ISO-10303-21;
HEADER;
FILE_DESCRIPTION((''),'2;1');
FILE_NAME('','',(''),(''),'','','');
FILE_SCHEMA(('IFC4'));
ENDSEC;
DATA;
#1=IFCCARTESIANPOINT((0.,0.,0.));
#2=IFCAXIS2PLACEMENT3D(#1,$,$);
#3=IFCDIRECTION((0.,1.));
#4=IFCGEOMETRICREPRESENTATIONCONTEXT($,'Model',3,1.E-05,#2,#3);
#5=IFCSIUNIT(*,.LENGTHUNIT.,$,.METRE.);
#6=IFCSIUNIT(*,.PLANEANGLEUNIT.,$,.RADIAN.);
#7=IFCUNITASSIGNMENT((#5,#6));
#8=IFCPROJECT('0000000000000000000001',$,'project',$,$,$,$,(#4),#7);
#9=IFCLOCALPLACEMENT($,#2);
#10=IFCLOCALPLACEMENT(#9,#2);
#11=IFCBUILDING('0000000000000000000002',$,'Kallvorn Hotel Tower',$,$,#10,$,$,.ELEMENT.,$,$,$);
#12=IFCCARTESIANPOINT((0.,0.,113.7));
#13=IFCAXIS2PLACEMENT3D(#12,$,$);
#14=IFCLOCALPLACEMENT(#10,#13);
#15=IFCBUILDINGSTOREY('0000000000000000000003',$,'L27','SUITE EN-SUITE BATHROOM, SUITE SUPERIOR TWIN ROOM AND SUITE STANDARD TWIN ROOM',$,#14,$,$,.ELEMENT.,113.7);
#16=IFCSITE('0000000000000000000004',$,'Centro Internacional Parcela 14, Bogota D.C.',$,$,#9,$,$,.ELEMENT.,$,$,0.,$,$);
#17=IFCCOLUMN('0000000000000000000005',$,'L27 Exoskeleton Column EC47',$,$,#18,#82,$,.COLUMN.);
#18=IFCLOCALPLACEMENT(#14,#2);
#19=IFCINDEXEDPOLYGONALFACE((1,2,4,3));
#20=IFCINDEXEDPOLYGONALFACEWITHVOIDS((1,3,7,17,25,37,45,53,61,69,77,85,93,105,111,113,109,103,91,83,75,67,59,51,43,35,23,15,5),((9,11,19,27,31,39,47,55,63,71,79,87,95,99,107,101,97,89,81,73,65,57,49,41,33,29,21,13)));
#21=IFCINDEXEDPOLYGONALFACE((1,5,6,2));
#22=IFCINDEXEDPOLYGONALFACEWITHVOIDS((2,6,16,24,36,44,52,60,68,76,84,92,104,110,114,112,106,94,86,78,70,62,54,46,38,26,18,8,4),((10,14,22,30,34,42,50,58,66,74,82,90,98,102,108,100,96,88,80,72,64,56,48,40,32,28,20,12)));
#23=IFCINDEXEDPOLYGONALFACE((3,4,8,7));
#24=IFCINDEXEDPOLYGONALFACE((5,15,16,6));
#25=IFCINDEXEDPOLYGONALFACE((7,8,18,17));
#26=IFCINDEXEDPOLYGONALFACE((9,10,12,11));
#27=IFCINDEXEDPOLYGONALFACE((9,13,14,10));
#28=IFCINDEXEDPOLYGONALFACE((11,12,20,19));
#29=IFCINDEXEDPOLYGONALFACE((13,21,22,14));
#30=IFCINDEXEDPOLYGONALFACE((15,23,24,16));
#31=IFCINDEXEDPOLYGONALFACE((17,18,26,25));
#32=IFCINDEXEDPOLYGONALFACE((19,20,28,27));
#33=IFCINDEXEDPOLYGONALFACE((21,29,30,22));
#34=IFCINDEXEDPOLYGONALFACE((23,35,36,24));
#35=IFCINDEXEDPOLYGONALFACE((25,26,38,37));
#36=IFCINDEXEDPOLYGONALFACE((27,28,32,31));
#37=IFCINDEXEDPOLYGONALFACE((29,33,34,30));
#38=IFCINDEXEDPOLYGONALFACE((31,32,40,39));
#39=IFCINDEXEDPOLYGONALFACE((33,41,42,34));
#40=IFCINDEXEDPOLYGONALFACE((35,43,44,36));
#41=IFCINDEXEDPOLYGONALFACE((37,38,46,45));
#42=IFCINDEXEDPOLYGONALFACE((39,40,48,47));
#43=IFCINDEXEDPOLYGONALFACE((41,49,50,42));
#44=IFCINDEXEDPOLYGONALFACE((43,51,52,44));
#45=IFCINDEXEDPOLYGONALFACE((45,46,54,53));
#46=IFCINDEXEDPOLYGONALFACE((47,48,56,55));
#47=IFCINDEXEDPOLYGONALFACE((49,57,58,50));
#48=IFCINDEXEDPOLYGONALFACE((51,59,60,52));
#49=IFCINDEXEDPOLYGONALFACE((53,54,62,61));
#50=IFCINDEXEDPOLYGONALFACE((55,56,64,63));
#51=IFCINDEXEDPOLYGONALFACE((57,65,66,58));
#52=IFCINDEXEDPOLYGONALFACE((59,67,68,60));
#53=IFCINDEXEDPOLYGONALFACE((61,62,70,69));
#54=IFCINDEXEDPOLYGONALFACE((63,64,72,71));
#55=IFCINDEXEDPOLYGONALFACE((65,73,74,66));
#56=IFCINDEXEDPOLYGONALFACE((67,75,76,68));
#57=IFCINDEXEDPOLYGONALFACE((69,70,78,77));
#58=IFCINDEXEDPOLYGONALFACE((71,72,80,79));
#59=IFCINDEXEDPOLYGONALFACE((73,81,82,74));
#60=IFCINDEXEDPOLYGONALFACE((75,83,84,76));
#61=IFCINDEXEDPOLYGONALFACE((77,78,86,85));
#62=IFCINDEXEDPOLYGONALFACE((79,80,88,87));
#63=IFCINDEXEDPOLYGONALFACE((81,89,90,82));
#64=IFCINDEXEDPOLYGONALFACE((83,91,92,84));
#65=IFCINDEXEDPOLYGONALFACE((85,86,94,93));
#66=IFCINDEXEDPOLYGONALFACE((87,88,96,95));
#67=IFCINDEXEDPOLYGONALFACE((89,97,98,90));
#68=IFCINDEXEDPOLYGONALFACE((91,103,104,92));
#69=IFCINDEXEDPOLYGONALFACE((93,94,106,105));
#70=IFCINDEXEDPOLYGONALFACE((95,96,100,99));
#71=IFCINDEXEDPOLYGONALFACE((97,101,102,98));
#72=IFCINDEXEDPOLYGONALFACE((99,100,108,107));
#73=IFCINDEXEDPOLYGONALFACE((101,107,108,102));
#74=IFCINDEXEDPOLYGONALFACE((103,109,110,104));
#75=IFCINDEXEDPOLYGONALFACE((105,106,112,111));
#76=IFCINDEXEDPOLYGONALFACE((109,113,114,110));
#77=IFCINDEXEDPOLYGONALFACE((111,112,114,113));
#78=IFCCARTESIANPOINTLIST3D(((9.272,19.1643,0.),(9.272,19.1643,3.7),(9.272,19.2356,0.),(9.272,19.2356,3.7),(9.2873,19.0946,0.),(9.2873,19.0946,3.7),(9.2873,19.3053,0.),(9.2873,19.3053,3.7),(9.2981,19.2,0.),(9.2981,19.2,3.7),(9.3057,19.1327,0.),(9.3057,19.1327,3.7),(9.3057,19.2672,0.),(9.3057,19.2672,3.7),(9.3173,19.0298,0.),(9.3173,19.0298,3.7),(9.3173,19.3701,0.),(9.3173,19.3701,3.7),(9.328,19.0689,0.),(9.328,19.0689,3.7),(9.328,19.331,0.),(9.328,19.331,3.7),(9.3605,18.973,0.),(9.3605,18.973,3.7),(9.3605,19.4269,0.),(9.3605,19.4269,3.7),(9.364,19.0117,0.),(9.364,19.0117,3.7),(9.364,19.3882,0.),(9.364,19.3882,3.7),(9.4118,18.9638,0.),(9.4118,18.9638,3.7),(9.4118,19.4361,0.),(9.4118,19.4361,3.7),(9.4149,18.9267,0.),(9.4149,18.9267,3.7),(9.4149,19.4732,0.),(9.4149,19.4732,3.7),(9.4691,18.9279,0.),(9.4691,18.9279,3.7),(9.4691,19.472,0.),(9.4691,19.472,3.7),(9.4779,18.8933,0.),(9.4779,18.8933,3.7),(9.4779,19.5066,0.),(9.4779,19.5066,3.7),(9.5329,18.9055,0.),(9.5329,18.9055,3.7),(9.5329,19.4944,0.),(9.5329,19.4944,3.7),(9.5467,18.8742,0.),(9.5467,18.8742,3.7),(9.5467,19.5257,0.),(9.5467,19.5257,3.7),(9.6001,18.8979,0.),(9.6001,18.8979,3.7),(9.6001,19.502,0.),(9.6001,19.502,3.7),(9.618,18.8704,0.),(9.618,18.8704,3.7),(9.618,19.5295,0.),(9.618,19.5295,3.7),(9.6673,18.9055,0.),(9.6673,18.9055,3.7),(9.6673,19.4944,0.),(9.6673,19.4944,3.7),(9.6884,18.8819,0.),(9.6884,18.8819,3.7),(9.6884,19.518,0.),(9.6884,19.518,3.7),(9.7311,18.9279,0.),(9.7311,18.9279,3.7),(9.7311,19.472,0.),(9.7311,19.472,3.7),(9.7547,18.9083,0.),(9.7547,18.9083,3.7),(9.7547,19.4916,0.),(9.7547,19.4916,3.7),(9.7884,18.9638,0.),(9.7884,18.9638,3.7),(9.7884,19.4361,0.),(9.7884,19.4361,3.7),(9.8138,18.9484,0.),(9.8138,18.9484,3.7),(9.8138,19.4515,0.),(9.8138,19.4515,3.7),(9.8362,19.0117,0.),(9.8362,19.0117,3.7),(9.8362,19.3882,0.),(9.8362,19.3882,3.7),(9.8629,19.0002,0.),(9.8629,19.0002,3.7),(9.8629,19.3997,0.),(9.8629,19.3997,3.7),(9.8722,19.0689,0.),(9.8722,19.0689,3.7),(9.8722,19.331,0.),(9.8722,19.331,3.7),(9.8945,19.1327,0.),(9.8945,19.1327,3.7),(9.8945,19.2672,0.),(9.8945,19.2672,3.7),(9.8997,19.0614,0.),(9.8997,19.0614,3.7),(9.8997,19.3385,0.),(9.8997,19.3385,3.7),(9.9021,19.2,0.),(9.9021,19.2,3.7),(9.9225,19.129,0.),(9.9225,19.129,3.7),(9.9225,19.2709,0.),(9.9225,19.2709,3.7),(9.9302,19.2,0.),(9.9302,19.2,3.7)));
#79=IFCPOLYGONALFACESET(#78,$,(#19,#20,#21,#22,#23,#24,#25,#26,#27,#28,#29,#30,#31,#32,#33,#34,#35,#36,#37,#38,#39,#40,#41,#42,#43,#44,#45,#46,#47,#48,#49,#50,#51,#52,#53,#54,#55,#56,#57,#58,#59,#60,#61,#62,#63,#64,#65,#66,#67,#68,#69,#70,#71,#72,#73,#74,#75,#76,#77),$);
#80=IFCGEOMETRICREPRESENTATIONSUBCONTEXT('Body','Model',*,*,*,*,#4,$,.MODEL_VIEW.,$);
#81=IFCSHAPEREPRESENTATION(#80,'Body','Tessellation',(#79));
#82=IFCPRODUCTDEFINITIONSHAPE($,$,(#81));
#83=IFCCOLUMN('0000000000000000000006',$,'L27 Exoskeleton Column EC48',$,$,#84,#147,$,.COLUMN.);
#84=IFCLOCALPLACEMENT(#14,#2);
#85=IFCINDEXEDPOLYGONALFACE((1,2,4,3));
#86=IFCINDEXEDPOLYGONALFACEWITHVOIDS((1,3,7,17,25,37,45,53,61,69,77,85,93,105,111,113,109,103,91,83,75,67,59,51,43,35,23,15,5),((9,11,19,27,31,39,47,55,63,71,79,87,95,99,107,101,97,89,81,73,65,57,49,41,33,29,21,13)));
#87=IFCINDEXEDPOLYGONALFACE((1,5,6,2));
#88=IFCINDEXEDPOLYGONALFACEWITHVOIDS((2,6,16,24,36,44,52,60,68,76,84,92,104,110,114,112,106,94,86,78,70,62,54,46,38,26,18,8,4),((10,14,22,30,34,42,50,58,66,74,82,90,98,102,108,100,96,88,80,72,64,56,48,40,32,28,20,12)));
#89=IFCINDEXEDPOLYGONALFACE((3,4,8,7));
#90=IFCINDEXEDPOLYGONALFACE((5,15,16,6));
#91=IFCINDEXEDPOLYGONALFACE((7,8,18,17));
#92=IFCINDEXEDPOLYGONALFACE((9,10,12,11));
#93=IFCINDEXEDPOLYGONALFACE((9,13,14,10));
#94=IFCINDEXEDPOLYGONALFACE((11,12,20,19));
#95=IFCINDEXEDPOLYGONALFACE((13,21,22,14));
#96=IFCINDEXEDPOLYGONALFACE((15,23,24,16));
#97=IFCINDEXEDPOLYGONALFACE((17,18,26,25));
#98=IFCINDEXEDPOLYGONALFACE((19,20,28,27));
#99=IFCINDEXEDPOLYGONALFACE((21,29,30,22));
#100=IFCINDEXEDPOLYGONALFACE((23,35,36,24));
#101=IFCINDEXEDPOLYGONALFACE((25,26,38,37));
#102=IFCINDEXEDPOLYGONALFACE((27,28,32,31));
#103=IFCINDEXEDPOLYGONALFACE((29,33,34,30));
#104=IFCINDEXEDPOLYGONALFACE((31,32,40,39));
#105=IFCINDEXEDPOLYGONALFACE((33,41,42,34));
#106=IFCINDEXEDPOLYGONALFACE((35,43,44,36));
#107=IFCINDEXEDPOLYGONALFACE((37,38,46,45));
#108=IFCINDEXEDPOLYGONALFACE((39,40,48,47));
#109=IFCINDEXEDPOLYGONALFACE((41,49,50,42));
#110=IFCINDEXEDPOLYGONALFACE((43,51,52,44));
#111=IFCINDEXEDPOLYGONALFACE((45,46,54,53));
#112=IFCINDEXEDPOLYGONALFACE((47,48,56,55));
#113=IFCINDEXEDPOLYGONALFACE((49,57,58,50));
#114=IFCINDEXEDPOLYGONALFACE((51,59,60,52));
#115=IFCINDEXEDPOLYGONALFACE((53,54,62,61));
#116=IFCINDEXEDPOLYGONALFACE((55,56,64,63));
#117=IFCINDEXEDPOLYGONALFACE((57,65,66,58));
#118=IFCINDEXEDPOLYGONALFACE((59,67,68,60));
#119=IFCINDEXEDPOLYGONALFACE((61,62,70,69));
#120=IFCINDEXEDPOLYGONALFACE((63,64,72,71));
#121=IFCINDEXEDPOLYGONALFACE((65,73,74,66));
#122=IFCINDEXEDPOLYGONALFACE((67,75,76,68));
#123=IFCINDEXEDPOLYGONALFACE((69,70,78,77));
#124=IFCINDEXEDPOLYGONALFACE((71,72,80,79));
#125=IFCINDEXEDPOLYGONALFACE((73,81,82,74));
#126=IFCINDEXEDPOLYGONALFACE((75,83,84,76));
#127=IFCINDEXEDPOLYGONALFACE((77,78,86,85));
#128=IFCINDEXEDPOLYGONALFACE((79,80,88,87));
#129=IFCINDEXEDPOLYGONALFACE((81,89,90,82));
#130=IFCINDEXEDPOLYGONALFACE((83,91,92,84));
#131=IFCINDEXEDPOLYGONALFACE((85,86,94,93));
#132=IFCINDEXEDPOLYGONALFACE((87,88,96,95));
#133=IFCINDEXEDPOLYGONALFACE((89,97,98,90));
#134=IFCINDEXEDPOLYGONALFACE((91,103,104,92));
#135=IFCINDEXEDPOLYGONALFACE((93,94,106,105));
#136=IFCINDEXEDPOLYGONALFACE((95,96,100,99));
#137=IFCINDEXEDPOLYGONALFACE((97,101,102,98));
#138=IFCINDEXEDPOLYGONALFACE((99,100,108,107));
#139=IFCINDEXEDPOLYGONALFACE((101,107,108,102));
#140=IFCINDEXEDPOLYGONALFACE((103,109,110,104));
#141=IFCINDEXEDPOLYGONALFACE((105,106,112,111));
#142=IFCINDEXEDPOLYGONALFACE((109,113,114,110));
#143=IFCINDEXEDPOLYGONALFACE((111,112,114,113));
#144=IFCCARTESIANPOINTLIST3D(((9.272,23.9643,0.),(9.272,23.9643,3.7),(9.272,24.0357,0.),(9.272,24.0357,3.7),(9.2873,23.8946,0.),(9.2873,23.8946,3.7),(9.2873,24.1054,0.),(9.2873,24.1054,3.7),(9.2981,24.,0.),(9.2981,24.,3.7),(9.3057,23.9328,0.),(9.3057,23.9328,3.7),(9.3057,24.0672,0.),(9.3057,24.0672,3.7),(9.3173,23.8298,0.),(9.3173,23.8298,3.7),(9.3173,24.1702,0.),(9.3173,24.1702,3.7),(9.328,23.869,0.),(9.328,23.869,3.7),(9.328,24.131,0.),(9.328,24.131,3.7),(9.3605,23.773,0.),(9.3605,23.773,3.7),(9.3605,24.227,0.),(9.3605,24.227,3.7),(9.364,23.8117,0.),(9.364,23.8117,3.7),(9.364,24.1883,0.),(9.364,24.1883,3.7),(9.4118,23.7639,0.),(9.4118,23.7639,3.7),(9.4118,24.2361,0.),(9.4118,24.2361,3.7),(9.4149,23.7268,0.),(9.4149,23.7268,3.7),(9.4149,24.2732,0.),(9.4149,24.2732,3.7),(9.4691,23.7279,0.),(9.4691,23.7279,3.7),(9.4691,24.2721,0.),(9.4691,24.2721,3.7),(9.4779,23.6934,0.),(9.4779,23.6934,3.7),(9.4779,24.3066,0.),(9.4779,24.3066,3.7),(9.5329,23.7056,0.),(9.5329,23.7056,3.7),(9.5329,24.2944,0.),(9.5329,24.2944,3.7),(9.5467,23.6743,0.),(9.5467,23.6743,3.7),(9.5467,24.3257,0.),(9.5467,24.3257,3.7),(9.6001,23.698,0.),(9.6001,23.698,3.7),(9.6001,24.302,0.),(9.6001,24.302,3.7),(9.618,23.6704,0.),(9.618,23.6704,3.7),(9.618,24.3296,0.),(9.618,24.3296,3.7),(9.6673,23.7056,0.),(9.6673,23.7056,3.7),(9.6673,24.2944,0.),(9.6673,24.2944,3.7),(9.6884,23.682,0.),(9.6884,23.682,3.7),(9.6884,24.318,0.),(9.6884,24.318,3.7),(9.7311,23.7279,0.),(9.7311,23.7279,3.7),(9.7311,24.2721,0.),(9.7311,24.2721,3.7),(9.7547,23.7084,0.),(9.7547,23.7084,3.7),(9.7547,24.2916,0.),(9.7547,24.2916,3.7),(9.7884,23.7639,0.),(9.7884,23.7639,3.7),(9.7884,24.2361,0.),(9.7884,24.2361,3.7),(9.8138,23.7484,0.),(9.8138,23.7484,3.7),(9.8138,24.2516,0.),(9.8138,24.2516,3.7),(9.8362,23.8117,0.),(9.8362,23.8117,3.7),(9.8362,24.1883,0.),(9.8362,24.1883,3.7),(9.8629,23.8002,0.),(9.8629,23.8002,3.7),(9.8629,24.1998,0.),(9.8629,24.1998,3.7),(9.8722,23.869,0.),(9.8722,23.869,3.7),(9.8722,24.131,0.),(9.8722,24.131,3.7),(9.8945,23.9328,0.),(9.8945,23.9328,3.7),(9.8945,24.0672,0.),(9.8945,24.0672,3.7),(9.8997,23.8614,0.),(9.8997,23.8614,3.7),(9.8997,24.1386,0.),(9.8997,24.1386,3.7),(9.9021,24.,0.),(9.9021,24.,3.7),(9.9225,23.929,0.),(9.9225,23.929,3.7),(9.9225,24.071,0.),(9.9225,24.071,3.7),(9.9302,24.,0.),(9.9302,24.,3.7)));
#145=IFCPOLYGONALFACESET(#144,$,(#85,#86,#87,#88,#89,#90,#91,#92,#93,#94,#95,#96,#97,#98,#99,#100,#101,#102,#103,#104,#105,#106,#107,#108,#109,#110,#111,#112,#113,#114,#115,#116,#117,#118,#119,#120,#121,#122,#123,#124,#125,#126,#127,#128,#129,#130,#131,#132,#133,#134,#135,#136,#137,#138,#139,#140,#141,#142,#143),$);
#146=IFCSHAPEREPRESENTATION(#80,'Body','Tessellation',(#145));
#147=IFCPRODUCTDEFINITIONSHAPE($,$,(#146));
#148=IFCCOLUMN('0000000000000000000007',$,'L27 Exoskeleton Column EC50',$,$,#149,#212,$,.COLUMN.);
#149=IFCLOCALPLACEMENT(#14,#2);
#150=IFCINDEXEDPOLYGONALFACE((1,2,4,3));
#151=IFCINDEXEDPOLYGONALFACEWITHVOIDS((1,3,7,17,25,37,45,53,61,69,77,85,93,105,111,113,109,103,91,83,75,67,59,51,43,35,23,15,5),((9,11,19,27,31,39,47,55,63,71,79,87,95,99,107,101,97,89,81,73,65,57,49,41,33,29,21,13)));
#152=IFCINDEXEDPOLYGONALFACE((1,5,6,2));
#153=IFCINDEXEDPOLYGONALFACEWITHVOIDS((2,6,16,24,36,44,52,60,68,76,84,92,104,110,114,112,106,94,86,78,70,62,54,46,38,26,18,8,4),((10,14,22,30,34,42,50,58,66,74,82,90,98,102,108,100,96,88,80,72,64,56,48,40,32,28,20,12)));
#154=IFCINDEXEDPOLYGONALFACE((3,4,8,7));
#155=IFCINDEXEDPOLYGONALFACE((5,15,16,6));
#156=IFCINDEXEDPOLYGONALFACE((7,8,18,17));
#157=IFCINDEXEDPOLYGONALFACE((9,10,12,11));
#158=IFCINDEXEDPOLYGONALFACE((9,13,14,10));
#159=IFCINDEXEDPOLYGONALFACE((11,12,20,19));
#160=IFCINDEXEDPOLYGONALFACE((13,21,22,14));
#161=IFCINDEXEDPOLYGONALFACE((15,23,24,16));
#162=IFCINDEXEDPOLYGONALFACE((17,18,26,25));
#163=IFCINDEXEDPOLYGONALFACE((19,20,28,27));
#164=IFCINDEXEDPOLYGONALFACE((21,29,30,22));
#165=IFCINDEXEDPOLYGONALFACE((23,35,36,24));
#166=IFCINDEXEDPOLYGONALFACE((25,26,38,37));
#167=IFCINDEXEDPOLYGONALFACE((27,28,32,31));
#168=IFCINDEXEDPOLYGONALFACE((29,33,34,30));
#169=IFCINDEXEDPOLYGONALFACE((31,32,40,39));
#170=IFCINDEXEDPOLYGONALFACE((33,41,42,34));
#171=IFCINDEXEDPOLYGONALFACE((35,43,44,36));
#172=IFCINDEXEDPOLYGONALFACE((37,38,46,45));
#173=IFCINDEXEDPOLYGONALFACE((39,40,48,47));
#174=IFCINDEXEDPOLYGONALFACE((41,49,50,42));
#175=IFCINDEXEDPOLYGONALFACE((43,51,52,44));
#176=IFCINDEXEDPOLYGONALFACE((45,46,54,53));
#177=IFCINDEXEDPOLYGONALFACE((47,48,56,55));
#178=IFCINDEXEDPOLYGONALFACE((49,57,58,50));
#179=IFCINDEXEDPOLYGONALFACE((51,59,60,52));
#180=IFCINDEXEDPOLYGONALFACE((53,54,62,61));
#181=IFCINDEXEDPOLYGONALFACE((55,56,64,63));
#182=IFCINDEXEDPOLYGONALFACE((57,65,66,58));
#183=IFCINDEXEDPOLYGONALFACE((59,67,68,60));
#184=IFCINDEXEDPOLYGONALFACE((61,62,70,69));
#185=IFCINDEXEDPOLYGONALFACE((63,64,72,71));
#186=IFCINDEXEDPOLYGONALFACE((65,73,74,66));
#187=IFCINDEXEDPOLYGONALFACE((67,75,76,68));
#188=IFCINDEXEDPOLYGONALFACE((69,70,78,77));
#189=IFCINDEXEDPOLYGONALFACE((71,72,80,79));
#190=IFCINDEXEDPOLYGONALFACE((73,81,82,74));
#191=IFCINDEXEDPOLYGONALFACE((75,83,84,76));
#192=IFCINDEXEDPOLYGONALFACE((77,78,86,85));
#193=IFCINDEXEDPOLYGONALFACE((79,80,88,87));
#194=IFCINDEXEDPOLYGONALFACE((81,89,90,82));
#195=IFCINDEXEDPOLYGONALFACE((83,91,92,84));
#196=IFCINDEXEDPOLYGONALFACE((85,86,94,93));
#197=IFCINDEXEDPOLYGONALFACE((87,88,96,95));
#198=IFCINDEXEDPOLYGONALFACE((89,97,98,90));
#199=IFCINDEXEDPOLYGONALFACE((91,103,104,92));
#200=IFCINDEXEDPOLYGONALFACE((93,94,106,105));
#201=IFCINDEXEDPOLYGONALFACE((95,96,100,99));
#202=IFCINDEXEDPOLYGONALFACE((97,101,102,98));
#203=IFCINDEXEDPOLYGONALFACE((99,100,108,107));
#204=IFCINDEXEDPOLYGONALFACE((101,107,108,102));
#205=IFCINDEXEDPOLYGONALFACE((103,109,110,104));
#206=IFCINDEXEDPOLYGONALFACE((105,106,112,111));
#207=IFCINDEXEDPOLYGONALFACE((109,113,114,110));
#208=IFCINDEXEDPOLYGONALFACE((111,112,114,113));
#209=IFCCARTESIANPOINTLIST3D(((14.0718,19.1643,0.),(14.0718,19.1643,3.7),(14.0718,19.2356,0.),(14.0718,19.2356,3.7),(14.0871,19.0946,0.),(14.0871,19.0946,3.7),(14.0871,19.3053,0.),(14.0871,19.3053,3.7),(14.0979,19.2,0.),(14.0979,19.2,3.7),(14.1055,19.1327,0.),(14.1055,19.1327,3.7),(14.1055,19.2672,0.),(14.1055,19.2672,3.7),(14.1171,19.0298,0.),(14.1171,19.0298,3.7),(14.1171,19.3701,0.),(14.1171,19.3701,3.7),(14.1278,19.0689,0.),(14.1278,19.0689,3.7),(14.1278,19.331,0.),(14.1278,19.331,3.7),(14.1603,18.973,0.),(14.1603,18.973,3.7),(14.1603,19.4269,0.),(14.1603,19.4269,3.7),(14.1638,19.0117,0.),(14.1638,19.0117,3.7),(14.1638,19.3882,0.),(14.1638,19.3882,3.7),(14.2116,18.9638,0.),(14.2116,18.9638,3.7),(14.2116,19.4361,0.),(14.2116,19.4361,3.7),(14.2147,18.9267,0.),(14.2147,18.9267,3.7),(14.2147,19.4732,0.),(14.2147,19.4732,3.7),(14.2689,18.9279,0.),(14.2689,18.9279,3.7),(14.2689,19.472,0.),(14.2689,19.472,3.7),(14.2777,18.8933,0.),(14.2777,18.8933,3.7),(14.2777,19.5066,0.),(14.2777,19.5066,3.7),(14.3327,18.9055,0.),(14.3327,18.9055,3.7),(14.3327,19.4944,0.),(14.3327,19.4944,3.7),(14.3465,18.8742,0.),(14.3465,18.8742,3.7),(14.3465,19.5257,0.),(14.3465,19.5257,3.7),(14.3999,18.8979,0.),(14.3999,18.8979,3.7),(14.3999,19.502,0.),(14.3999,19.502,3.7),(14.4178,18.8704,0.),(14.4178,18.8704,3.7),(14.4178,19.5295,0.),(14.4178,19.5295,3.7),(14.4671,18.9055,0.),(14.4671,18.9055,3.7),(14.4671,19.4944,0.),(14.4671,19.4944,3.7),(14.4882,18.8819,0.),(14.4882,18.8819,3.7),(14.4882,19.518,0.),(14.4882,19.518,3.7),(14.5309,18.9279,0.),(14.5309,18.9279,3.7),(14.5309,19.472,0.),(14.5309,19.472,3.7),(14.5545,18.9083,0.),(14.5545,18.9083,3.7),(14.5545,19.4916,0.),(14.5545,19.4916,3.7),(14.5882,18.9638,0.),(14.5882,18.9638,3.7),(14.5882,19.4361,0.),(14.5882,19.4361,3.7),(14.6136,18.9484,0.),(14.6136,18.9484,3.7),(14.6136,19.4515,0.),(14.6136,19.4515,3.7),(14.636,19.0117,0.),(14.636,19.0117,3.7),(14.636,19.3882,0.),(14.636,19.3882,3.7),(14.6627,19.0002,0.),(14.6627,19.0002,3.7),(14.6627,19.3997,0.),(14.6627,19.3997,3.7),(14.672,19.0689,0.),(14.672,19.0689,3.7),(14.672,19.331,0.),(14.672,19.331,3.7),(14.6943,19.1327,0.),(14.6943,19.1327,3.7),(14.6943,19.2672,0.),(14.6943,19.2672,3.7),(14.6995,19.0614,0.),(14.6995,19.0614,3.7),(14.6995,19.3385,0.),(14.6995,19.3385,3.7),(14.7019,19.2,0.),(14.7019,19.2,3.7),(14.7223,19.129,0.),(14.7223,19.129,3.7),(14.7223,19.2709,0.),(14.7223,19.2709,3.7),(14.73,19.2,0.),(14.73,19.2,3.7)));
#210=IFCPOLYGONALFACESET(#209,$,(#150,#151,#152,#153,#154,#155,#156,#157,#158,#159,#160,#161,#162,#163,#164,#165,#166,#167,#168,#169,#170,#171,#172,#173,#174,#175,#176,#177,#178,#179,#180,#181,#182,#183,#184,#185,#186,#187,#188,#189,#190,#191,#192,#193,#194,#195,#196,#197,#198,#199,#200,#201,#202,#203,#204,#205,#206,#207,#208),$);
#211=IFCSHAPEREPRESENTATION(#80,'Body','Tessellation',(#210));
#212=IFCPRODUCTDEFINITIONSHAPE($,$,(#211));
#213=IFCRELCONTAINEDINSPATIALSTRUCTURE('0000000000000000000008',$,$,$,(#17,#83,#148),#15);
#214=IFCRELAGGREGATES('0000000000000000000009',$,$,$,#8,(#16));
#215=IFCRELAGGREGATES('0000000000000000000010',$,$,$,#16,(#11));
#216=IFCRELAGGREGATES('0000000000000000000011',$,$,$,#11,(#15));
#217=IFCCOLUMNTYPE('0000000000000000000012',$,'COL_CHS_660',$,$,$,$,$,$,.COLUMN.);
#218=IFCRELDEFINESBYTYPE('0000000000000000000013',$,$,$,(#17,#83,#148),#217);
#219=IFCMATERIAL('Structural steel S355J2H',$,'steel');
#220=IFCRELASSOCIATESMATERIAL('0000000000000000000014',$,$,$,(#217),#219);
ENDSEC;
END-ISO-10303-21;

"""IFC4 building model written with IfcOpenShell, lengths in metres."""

from ifc_helpers import new_model, si_unit, direction, frame, origin, origin_2d, place, context, subcontext, project, spatial, hollow_circle, extrude, material, material_profile, profile_set, type_object, element, save


model = new_model("IFC4")

# Units and contexts
model_context = context("Model", 3, precision=1e-05, world=origin(), true_north=direction((0.0, 1.0)))
body_context = subcontext(model_context, "Body", "Model", "MODEL_VIEW")
ifc_project = project(units=[si_unit("LENGTHUNIT", "METRE"), si_unit("PLANEANGLEUNIT", "RADIAN")], contexts=[model_context])

# Site, building, storey
site_placement = place(None, origin())
site = spatial("IfcSite", under=ifc_project, at=site_placement, Name="Centro Internacional Parcela 14, Bogota D.C.", CompositionType="ELEMENT", RefElevation=0.0)
building_placement = place(site_placement, origin())
building = spatial("IfcBuilding", under=site, at=building_placement, Name="Kallvorn Hotel Tower", CompositionType="ELEMENT")
storey_placement = place(building_placement, frame((0.0, 0.0, 113.7)))
storey = spatial("IfcBuildingStorey", under=building, at=storey_placement, Name="L27", Description="SUITE EN-SUITE BATHROOM, SUITE SUPERIOR TWIN ROOM AND SUITE STANDARD TWIN ROOM", CompositionType="ELEMENT", Elevation=113.7)

# Columns
ifc_material_1 = material(Name="Structural steel S355J2H", Category="steel")
ifc_material_profile_1 = material_profile(ifc_material_1, hollow_circle(Radius=0.3301, WallThickness=0.0281, at=origin_2d()), Name="CHS 660x28")
ifc_profile_set_1 = profile_set([ifc_material_profile_1], Name="Structural steel S355J2H")
column_type_1 = type_object("IfcColumnType", Name="COL_CHS_660", PredefinedType="COLUMN", material=ifc_profile_set_1)
for number, where, z_axis, x_axis, name in (
    (1, (9.6001, 19.2, 0.0), (0.0, 0.0, 1.0), (1.0, 0.0, 0.0), "L27 Exoskeleton Column EC47"),
    (2, (9.6001, 24.0, 0.0), (0.0, 0.0, 1.0), (1.0, 0.0, 0.0), "L27 Exoskeleton Column EC48"),
    (3, (14.3999, 19.2, 0.0), (0.0, 0.0, 1.0), (1.0, 0.0, 0.0), "L27 Exoskeleton Column EC50"),
):
    element("IfcColumn", number, at=place(storey_placement, frame(where, z_axis=z_axis, x_axis=x_axis)), inside=storey, type_object=column_type_1, Name=name, PredefinedType="COLUMN", context=body_context, shape_type="SweptSolid", body=[
        extrude(hollow_circle(Radius=0.3301, WallThickness=0.0281, at=origin_2d()), origin(), (0.0, 0.0, 1.0), 3.7),
    ])

save(model, "model.ifc")
